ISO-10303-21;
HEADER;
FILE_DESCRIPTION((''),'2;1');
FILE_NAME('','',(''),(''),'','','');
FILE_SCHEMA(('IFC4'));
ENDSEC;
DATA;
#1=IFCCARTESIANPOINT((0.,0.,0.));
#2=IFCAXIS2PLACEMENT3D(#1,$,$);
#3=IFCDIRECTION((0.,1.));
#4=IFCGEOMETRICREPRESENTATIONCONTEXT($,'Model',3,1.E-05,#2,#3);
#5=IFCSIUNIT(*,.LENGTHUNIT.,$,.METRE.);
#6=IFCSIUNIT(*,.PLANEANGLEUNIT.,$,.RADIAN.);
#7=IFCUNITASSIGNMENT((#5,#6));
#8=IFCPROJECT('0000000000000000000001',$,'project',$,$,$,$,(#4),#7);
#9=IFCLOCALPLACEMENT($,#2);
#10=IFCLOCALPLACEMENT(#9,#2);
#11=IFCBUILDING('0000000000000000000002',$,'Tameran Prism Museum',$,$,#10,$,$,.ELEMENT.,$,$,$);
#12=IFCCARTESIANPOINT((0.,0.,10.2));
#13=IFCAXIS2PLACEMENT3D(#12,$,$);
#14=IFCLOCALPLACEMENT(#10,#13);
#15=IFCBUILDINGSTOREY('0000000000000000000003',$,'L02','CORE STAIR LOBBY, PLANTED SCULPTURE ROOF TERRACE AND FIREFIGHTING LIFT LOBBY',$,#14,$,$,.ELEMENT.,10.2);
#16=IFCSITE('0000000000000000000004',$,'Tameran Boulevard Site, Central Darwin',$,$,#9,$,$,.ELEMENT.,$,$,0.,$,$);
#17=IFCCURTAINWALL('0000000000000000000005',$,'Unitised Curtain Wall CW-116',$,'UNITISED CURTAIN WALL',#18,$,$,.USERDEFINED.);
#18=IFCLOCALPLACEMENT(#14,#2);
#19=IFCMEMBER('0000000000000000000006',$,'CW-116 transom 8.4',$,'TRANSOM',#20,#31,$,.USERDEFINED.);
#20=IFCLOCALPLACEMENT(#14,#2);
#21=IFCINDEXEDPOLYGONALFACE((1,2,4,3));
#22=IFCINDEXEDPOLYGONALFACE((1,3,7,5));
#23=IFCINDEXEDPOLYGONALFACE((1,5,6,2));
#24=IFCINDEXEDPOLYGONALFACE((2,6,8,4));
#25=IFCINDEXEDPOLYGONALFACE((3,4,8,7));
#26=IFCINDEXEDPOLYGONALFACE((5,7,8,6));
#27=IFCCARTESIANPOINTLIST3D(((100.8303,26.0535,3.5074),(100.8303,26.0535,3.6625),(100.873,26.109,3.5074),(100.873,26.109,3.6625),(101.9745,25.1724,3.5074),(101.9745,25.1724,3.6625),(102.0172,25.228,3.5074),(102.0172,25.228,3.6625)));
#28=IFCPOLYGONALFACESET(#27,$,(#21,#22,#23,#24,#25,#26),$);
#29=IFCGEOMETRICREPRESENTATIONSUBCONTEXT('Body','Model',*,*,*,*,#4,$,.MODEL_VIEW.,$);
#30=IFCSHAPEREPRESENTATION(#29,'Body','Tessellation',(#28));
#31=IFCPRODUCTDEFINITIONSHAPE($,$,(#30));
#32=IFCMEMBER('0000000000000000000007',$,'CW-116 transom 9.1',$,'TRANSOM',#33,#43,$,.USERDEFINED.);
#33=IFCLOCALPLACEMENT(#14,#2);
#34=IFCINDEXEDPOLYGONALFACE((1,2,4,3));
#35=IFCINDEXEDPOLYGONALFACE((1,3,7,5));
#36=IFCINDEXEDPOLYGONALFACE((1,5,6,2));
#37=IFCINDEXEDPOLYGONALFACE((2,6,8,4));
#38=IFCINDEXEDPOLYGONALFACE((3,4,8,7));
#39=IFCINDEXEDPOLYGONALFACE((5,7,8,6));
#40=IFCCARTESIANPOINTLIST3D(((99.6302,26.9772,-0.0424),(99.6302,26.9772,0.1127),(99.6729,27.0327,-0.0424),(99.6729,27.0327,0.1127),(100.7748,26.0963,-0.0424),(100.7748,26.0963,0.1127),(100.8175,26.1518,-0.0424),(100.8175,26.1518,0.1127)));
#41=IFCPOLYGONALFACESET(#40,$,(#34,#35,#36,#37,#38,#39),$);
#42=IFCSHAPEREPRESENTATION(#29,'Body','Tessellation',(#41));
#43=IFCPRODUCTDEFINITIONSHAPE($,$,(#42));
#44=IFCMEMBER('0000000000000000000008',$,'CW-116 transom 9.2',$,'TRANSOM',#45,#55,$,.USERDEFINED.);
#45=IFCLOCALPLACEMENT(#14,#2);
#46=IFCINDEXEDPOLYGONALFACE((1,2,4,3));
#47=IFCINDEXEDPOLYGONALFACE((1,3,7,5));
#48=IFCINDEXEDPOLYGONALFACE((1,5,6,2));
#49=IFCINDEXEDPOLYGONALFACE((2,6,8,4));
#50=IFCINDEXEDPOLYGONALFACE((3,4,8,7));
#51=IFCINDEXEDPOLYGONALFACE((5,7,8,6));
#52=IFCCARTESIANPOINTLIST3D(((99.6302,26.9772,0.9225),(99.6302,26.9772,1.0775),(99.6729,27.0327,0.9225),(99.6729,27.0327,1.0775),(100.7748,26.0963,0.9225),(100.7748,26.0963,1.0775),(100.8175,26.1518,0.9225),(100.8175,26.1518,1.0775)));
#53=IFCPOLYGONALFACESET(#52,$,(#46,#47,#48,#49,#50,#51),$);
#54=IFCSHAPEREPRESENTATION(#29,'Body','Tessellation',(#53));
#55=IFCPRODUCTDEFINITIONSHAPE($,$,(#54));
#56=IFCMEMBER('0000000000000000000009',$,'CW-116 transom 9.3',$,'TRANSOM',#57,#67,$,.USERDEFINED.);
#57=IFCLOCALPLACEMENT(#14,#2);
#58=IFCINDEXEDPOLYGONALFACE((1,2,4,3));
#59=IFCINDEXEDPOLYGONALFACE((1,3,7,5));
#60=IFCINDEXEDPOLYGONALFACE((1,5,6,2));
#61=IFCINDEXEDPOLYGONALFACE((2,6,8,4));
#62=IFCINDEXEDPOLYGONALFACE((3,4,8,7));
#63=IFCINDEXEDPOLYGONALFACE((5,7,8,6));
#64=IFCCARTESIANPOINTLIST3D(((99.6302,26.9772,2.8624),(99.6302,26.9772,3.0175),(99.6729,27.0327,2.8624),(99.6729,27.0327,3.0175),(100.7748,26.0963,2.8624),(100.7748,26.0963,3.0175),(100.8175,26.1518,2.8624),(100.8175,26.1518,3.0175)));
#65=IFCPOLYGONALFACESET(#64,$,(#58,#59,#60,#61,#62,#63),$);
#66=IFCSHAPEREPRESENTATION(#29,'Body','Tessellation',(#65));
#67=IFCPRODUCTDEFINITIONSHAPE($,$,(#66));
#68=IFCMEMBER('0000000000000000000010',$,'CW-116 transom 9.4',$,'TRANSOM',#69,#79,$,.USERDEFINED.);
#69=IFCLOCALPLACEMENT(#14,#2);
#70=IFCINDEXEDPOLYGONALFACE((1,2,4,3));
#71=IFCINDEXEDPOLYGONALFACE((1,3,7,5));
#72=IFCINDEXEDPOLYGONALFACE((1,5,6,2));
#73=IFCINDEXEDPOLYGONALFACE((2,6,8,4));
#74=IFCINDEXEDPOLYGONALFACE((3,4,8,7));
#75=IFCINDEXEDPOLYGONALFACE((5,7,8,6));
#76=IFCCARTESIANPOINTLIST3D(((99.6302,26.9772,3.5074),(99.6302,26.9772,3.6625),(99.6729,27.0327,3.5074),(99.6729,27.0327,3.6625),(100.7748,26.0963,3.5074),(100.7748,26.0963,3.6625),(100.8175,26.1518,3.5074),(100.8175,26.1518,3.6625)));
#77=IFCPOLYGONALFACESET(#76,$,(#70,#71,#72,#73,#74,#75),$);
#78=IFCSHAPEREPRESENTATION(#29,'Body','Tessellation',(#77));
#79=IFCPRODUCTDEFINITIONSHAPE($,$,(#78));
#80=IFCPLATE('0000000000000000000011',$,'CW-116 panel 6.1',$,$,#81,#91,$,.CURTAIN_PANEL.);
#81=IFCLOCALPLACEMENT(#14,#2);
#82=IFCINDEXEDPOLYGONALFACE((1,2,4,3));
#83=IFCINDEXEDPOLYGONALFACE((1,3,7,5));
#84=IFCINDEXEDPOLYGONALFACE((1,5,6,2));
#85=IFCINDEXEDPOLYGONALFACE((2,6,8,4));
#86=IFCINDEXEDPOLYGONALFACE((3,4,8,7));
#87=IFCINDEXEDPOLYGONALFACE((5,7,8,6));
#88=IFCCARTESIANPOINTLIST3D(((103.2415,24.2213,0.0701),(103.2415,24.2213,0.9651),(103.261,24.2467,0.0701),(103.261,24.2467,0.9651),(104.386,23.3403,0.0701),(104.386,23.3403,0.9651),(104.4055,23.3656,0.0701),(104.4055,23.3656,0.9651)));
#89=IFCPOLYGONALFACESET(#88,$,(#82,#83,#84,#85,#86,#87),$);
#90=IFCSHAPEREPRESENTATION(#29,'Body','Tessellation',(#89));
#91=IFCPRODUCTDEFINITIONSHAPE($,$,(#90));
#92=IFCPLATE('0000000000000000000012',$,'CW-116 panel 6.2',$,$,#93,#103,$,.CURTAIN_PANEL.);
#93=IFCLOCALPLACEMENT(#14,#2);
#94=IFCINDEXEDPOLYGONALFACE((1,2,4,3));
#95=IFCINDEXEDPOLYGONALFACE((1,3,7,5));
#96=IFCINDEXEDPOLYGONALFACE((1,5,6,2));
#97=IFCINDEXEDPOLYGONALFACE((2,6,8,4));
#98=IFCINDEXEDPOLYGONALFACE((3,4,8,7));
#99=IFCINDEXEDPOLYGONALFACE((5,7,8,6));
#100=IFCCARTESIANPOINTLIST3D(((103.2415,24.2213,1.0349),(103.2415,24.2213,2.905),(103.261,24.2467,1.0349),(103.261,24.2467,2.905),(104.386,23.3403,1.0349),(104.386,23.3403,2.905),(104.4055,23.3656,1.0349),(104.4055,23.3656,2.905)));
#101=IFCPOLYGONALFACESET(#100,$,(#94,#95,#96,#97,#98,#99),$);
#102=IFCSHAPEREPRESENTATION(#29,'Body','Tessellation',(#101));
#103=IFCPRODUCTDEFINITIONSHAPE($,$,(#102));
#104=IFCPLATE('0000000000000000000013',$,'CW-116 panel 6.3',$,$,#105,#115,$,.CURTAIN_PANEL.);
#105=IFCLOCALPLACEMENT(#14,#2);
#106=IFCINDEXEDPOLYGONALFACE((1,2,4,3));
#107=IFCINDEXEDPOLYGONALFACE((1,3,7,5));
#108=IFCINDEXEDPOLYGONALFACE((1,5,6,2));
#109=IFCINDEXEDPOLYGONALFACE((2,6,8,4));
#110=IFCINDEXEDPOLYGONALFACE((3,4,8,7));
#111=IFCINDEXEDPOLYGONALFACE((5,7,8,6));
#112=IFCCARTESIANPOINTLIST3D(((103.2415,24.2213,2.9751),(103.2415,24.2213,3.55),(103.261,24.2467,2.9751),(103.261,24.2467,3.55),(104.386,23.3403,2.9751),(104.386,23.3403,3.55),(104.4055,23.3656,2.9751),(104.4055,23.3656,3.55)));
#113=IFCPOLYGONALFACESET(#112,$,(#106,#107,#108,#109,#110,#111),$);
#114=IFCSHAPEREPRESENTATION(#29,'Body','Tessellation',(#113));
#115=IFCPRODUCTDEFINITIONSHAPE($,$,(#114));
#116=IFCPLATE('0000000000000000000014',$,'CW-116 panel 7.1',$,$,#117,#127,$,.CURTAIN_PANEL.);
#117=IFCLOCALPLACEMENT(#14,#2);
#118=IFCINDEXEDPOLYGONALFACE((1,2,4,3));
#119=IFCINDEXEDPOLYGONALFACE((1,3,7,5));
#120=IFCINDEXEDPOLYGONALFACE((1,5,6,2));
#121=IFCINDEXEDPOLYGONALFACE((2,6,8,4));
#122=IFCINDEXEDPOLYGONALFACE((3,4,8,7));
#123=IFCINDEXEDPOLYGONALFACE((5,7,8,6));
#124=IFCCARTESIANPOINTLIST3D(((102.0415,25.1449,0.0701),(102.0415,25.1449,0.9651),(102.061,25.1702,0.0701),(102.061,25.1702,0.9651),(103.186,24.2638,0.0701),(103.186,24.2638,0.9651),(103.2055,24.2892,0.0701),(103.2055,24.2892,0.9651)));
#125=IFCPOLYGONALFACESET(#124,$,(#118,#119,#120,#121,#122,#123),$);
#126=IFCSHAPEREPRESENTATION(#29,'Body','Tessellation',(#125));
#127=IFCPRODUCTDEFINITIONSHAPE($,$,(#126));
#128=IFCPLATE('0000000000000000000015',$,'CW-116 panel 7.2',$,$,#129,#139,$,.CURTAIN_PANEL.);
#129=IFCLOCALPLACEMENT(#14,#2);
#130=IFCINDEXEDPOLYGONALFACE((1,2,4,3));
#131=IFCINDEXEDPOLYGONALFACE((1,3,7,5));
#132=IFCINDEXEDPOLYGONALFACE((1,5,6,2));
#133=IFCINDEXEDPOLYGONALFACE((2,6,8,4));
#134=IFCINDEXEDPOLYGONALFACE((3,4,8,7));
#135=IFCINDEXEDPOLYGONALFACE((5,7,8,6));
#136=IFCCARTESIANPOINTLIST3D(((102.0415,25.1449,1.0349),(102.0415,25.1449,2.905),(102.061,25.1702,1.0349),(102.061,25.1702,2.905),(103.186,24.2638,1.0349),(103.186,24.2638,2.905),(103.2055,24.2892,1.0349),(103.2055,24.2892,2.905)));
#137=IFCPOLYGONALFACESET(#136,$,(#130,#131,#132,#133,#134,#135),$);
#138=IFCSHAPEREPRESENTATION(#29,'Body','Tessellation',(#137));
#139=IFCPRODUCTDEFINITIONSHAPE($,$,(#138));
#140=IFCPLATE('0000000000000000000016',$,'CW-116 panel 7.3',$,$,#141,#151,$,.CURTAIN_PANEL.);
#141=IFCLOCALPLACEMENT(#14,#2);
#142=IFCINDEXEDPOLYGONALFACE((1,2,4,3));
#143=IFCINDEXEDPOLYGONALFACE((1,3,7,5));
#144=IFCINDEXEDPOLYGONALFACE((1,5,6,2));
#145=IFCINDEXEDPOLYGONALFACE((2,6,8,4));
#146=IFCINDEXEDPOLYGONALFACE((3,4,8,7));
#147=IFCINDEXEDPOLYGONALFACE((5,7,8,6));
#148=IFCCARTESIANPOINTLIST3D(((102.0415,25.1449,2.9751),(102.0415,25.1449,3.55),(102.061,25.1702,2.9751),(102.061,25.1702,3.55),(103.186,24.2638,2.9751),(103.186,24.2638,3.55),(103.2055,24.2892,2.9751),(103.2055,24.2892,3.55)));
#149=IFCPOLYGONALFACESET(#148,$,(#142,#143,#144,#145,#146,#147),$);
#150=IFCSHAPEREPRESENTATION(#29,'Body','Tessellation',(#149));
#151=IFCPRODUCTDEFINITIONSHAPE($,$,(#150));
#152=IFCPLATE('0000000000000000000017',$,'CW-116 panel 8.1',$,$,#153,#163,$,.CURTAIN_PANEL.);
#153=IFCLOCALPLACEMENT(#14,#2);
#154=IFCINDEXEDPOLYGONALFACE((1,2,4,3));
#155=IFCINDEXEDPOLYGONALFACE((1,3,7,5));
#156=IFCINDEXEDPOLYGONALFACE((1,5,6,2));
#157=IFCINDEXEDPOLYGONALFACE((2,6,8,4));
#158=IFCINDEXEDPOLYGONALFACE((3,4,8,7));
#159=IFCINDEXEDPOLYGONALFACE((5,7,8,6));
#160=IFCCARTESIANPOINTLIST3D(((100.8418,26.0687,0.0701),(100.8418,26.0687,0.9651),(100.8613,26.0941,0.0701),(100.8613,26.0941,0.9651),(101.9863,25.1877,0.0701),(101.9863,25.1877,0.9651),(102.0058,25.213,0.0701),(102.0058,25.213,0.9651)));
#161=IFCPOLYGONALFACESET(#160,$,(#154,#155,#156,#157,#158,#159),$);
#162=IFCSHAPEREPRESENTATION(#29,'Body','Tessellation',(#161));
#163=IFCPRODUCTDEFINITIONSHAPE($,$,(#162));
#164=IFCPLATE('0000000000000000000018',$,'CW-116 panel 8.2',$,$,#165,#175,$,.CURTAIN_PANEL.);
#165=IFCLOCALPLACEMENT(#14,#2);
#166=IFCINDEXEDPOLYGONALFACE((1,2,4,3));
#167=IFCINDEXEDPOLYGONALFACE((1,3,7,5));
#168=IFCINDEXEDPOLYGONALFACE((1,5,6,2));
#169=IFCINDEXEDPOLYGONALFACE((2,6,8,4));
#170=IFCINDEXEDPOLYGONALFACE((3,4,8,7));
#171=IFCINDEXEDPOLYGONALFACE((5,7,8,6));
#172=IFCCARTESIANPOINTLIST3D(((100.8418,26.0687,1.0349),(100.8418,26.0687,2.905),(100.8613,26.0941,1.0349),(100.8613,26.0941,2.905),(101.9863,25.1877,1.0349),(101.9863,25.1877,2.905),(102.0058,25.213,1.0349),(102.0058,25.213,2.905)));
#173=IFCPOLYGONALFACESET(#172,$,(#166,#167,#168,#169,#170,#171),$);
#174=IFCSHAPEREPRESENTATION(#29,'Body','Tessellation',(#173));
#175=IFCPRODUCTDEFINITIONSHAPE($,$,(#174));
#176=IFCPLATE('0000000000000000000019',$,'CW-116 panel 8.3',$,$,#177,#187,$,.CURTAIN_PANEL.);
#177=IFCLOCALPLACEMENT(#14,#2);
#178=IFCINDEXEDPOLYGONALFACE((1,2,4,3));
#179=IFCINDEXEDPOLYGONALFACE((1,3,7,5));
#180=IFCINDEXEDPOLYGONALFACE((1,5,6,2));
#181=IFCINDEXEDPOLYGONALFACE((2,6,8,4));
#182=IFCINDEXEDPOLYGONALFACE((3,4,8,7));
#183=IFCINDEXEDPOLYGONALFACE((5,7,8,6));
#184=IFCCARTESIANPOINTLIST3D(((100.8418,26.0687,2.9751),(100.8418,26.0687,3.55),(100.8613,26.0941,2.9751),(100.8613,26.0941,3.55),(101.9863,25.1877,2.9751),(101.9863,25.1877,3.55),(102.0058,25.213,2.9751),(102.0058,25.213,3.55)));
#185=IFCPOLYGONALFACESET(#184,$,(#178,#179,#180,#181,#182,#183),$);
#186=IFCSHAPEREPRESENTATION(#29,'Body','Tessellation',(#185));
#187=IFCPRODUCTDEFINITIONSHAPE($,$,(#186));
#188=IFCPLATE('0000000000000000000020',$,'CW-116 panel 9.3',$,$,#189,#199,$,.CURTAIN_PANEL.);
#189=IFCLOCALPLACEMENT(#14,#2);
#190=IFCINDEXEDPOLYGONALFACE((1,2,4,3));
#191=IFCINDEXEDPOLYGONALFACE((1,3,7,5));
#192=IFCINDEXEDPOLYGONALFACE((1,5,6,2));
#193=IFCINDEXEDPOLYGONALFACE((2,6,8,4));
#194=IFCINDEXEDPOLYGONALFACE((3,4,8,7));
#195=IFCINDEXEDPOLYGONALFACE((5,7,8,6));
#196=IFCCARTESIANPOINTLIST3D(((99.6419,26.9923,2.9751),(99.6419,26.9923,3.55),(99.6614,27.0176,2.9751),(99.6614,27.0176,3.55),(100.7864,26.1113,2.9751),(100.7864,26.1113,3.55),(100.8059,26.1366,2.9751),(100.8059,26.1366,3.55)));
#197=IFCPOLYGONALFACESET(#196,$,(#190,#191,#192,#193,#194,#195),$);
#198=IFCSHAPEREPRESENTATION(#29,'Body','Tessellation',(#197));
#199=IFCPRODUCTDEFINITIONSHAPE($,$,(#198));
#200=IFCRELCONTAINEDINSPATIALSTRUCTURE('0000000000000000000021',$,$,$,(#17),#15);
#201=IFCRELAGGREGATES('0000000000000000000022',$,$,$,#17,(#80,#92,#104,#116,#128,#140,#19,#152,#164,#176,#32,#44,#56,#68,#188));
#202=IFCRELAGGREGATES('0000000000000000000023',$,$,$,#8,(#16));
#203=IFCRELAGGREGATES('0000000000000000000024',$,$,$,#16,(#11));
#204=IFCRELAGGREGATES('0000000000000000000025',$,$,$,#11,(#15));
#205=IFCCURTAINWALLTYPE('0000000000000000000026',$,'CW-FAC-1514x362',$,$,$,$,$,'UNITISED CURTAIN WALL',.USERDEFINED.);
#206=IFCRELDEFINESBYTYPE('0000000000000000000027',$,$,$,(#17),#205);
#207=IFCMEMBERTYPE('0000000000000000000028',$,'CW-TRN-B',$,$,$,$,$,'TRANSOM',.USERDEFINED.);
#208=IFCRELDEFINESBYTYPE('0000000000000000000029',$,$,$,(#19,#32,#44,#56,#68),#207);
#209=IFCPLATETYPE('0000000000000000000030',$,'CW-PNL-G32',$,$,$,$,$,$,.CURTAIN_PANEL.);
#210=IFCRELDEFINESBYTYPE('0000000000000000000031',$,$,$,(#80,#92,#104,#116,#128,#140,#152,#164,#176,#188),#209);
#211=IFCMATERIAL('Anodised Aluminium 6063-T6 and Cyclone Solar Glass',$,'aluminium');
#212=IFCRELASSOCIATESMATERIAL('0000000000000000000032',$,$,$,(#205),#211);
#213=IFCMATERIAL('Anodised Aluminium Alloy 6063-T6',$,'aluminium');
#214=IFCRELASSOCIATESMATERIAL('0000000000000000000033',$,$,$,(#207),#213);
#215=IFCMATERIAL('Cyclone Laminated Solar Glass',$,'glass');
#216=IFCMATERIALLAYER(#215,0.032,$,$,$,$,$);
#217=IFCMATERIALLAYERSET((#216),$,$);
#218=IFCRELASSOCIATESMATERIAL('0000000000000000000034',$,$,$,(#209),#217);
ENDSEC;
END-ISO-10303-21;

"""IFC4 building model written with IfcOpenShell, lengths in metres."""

from ifc_helpers import new_model, si_unit, direction, frame, origin, origin_2d, place, context, subcontext, project, spatial, rectangle, extrude, material, layer, layer_set, material_profile, profile_set, type_object, element, aggregate, save


model = new_model("IFC4")

# Units and contexts
model_context = context("Model", 3, precision=1e-05, world=origin(), true_north=direction((0.0, 1.0)))
body_context = subcontext(model_context, "Body", "Model", "MODEL_VIEW")
ifc_project = project(units=[si_unit("LENGTHUNIT", "METRE"), si_unit("PLANEANGLEUNIT", "RADIAN")], contexts=[model_context])

# Site, building, storey
site_placement = place(None, origin())
site = spatial("IfcSite", under=ifc_project, at=site_placement, Name="Tameran Boulevard Site, Central Darwin", CompositionType="ELEMENT", RefElevation=0.0)
building_placement = place(site_placement, origin())
building = spatial("IfcBuilding", under=site, at=building_placement, Name="Tameran Prism Museum", CompositionType="ELEMENT")
storey_placement = place(building_placement, frame((0.0, 0.0, 10.2)))
storey = spatial("IfcBuildingStorey", under=building, at=storey_placement, Name="L02", Description="CORE STAIR LOBBY, PLANTED SCULPTURE ROOF TERRACE AND FIREFIGHTING LIFT LOBBY", CompositionType="ELEMENT", Elevation=10.2)

# Curtain wall, members, plates
ifc_material_1 = material(Name="Anodised Aluminium 6063-T6 and Cyclone Solar Glass", Category="aluminium")
curtain_wall_type = type_object("IfcCurtainWallType", Name="CW-FAC-1514x362", ElementType="UNITISED CURTAIN WALL", PredefinedType="USERDEFINED", material=ifc_material_1)
curtain_wall_placement = place(storey_placement, origin())
curtain_wall = element("IfcCurtainWall", 1, at=curtain_wall_placement, inside=storey, type_object=curtain_wall_type, Name="Unitised Curtain Wall CW-116", ObjectType="UNITISED CURTAIN WALL", PredefinedType="USERDEFINED")
ifc_material_2 = material(Name="Anodised Aluminium Alloy 6063-T6", Category="aluminium")
ifc_material_profile_1 = material_profile(ifc_material_2, rectangle(XDim=0.0701, YDim=0.155, at=origin_2d()))
ifc_profile_set_1 = profile_set([ifc_material_profile_1])
member_type_1 = type_object("IfcMemberType", Name="CW-TRN-B", ElementType="TRANSOM", PredefinedType="USERDEFINED", material=ifc_profile_set_1)
member_1_placement = place(storey_placement, frame((101.9958, 25.2002, 3.585), z_axis=(-0.792329, 0.610095, 0.0), x_axis=(-0.610095, -0.792329, 0.0)))
member_1 = element("IfcMember", 2, at=member_1_placement, type_object=member_type_1, Name="CW-116 transom 8.4", ObjectType="TRANSOM", PredefinedType="USERDEFINED", context=body_context, shape_type="SweptSolid", body=[
    extrude(rectangle(XDim=0.0701, YDim=0.155, at=origin_2d()), origin(), (0.0, 0.0, 1.0), 1.4441),
])
member_2_placement = place(storey_placement, frame((100.7961, 26.124, 0.0352), z_axis=(-0.792473, 0.609907, 0.0), x_axis=(-0.609907, -0.792473, 0.0)))
member_2 = element("IfcMember", 3, at=member_2_placement, type_object=member_type_1, Name="CW-116 transom 9.1", ObjectType="TRANSOM", PredefinedType="USERDEFINED", context=body_context, shape_type="SweptSolid", body=[
    extrude(rectangle(XDim=0.0701, YDim=0.155, at=origin_2d()), origin(), (0.0, 0.0, 1.0), 1.4443),
])
member_3_placement = place(storey_placement, frame((100.7961, 26.124, 1.0), z_axis=(-0.792473, 0.609907, 0.0), x_axis=(-0.609907, -0.792473, 0.0)))
member_3 = element("IfcMember", 4, at=member_3_placement, type_object=member_type_1, Name="CW-116 transom 9.2", ObjectType="TRANSOM", PredefinedType="USERDEFINED", context=body_context, shape_type="SweptSolid", body=[
    extrude(rectangle(XDim=0.0701, YDim=0.155, at=origin_2d()), origin(), (0.0, 0.0, 1.0), 1.4443),
])
member_4_placement = place(storey_placement, frame((100.7961, 26.124, 2.9399), z_axis=(-0.792473, 0.609907, 0.0), x_axis=(-0.609907, -0.792473, 0.0)))
member_4 = element("IfcMember", 5, at=member_4_placement, type_object=member_type_1, Name="CW-116 transom 9.3", ObjectType="TRANSOM", PredefinedType="USERDEFINED", context=body_context, shape_type="SweptSolid", body=[
    extrude(rectangle(XDim=0.0701, YDim=0.155, at=origin_2d()), origin(), (0.0, 0.0, 1.0), 1.4443),
])
member_5_placement = place(storey_placement, frame((100.7961, 26.124, 3.585), z_axis=(-0.792473, 0.609907, 0.0), x_axis=(-0.609907, -0.792473, 0.0)))
member_5 = element("IfcMember", 6, at=member_5_placement, type_object=member_type_1, Name="CW-116 transom 9.4", ObjectType="TRANSOM", PredefinedType="USERDEFINED", context=body_context, shape_type="SweptSolid", body=[
    extrude(rectangle(XDim=0.0701, YDim=0.155, at=origin_2d()), origin(), (0.0, 0.0, 1.0), 1.4443),
])
ifc_material_3 = material(Name="Cyclone Laminated Solar Glass", Category="glass")
ifc_layer = layer(ifc_material_3, 0.032)
ifc_layer_set = layer_set([ifc_layer])
plate_type = type_object("IfcPlateType", Name="CW-PNL-G32", PredefinedType="CURTAIN_PANEL", material=ifc_layer_set)
plate_1_placement = place(storey_placement, frame((103.8235, 23.7935, 0.0701), z_axis=(0.0, 0.0, 1.0), x_axis=(-0.792401, 0.610001, 0.0)))
plate_1 = element("IfcPlate", 7, at=plate_1_placement, type_object=plate_type, Name="CW-116 panel 6.1", PredefinedType="CURTAIN_PANEL", context=body_context, shape_type="SweptSolid", body=[
    extrude(rectangle(XDim=1.4443, YDim=0.032, at=origin_2d()), origin(), (0.0, 0.0, 1.0), 0.895),
])
plate_2_placement = place(storey_placement, frame((103.8235, 23.7935, 1.0349), z_axis=(0.0, 0.0, 1.0), x_axis=(-0.792401, 0.610001, 0.0)))
plate_2 = element("IfcPlate", 8, at=plate_2_placement, type_object=plate_type, Name="CW-116 panel 6.2", PredefinedType="CURTAIN_PANEL", context=body_context, shape_type="SweptSolid", body=[
    extrude(rectangle(XDim=1.4443, YDim=0.032, at=origin_2d()), origin(), (0.0, 0.0, 1.0), 1.8701),
])
plate_3_placement = place(storey_placement, frame((103.8235, 23.7935, 2.9751), z_axis=(0.0, 0.0, 1.0), x_axis=(-0.792401, 0.610001, 0.0)))
plate_3 = element("IfcPlate", 9, at=plate_3_placement, type_object=plate_type, Name="CW-116 panel 6.3", PredefinedType="CURTAIN_PANEL", context=body_context, shape_type="SweptSolid", body=[
    extrude(rectangle(XDim=1.4443, YDim=0.032, at=origin_2d()), origin(), (0.0, 0.0, 1.0), 0.575),
])
plate_4_placement = place(storey_placement, frame((102.6235, 24.717, 0.0701), z_axis=(0.0, 0.0, 1.0), x_axis=(-0.792401, 0.610001, 0.0)))
plate_4 = element("IfcPlate", 10, at=plate_4_placement, type_object=plate_type, Name="CW-116 panel 7.1", PredefinedType="CURTAIN_PANEL", context=body_context, shape_type="SweptSolid", body=[
    extrude(rectangle(XDim=1.4443, YDim=0.032, at=origin_2d()), origin(), (0.0, 0.0, 1.0), 0.895),
])
plate_5_placement = place(storey_placement, frame((102.6235, 24.717, 1.0349), z_axis=(0.0, 0.0, 1.0), x_axis=(-0.792401, 0.610001, 0.0)))
plate_5 = element("IfcPlate", 11, at=plate_5_placement, type_object=plate_type, Name="CW-116 panel 7.2", PredefinedType="CURTAIN_PANEL", context=body_context, shape_type="SweptSolid", body=[
    extrude(rectangle(XDim=1.4443, YDim=0.032, at=origin_2d()), origin(), (0.0, 0.0, 1.0), 1.8701),
])
plate_6_placement = place(storey_placement, frame((102.6235, 24.717, 2.9751), z_axis=(0.0, 0.0, 1.0), x_axis=(-0.792401, 0.610001, 0.0)))
plate_6 = element("IfcPlate", 12, at=plate_6_placement, type_object=plate_type, Name="CW-116 panel 7.3", PredefinedType="CURTAIN_PANEL", context=body_context, shape_type="SweptSolid", body=[
    extrude(rectangle(XDim=1.4443, YDim=0.032, at=origin_2d()), origin(), (0.0, 0.0, 1.0), 0.575),
])
plate_7_placement = place(storey_placement, frame((101.4238, 25.6409, 0.0701), z_axis=(0.0, 0.0, 1.0), x_axis=(-0.792401, 0.610001, 0.0)))
plate_7 = element("IfcPlate", 13, at=plate_7_placement, type_object=plate_type, Name="CW-116 panel 8.1", PredefinedType="CURTAIN_PANEL", context=body_context, shape_type="SweptSolid", body=[
    extrude(rectangle(XDim=1.4443, YDim=0.032, at=origin_2d()), origin(), (0.0, 0.0, 1.0), 0.895),
])
plate_8_placement = place(storey_placement, frame((101.4238, 25.6409, 1.0349), z_axis=(0.0, 0.0, 1.0), x_axis=(-0.792401, 0.610001, 0.0)))
plate_8 = element("IfcPlate", 14, at=plate_8_placement, type_object=plate_type, Name="CW-116 panel 8.2", PredefinedType="CURTAIN_PANEL", context=body_context, shape_type="SweptSolid", body=[
    extrude(rectangle(XDim=1.4443, YDim=0.032, at=origin_2d()), origin(), (0.0, 0.0, 1.0), 1.8701),
])
plate_9_placement = place(storey_placement, frame((101.4238, 25.6409, 2.9751), z_axis=(0.0, 0.0, 1.0), x_axis=(-0.792401, 0.610001, 0.0)))
plate_9 = element("IfcPlate", 15, at=plate_9_placement, type_object=plate_type, Name="CW-116 panel 8.3", PredefinedType="CURTAIN_PANEL", context=body_context, shape_type="SweptSolid", body=[
    extrude(rectangle(XDim=1.4443, YDim=0.032, at=origin_2d()), origin(), (0.0, 0.0, 1.0), 0.575),
])
plate_10_placement = place(storey_placement, frame((100.2239, 26.5645, 2.9751), z_axis=(0.0, 0.0, 1.0), x_axis=(-0.792401, 0.610001, 0.0)))
plate_10 = element("IfcPlate", 16, at=plate_10_placement, type_object=plate_type, Name="CW-116 panel 9.3", PredefinedType="CURTAIN_PANEL", context=body_context, shape_type="SweptSolid", body=[
    extrude(rectangle(XDim=1.4443, YDim=0.032, at=origin_2d()), origin(), (0.0, 0.0, 1.0), 0.575),
])
aggregate(curtain_wall, [plate_1, plate_2, plate_3, plate_4, plate_5, plate_6, member_1, plate_7, plate_8, plate_9, member_2, member_3, member_4, member_5, plate_10])

save(model, "model.ifc")
